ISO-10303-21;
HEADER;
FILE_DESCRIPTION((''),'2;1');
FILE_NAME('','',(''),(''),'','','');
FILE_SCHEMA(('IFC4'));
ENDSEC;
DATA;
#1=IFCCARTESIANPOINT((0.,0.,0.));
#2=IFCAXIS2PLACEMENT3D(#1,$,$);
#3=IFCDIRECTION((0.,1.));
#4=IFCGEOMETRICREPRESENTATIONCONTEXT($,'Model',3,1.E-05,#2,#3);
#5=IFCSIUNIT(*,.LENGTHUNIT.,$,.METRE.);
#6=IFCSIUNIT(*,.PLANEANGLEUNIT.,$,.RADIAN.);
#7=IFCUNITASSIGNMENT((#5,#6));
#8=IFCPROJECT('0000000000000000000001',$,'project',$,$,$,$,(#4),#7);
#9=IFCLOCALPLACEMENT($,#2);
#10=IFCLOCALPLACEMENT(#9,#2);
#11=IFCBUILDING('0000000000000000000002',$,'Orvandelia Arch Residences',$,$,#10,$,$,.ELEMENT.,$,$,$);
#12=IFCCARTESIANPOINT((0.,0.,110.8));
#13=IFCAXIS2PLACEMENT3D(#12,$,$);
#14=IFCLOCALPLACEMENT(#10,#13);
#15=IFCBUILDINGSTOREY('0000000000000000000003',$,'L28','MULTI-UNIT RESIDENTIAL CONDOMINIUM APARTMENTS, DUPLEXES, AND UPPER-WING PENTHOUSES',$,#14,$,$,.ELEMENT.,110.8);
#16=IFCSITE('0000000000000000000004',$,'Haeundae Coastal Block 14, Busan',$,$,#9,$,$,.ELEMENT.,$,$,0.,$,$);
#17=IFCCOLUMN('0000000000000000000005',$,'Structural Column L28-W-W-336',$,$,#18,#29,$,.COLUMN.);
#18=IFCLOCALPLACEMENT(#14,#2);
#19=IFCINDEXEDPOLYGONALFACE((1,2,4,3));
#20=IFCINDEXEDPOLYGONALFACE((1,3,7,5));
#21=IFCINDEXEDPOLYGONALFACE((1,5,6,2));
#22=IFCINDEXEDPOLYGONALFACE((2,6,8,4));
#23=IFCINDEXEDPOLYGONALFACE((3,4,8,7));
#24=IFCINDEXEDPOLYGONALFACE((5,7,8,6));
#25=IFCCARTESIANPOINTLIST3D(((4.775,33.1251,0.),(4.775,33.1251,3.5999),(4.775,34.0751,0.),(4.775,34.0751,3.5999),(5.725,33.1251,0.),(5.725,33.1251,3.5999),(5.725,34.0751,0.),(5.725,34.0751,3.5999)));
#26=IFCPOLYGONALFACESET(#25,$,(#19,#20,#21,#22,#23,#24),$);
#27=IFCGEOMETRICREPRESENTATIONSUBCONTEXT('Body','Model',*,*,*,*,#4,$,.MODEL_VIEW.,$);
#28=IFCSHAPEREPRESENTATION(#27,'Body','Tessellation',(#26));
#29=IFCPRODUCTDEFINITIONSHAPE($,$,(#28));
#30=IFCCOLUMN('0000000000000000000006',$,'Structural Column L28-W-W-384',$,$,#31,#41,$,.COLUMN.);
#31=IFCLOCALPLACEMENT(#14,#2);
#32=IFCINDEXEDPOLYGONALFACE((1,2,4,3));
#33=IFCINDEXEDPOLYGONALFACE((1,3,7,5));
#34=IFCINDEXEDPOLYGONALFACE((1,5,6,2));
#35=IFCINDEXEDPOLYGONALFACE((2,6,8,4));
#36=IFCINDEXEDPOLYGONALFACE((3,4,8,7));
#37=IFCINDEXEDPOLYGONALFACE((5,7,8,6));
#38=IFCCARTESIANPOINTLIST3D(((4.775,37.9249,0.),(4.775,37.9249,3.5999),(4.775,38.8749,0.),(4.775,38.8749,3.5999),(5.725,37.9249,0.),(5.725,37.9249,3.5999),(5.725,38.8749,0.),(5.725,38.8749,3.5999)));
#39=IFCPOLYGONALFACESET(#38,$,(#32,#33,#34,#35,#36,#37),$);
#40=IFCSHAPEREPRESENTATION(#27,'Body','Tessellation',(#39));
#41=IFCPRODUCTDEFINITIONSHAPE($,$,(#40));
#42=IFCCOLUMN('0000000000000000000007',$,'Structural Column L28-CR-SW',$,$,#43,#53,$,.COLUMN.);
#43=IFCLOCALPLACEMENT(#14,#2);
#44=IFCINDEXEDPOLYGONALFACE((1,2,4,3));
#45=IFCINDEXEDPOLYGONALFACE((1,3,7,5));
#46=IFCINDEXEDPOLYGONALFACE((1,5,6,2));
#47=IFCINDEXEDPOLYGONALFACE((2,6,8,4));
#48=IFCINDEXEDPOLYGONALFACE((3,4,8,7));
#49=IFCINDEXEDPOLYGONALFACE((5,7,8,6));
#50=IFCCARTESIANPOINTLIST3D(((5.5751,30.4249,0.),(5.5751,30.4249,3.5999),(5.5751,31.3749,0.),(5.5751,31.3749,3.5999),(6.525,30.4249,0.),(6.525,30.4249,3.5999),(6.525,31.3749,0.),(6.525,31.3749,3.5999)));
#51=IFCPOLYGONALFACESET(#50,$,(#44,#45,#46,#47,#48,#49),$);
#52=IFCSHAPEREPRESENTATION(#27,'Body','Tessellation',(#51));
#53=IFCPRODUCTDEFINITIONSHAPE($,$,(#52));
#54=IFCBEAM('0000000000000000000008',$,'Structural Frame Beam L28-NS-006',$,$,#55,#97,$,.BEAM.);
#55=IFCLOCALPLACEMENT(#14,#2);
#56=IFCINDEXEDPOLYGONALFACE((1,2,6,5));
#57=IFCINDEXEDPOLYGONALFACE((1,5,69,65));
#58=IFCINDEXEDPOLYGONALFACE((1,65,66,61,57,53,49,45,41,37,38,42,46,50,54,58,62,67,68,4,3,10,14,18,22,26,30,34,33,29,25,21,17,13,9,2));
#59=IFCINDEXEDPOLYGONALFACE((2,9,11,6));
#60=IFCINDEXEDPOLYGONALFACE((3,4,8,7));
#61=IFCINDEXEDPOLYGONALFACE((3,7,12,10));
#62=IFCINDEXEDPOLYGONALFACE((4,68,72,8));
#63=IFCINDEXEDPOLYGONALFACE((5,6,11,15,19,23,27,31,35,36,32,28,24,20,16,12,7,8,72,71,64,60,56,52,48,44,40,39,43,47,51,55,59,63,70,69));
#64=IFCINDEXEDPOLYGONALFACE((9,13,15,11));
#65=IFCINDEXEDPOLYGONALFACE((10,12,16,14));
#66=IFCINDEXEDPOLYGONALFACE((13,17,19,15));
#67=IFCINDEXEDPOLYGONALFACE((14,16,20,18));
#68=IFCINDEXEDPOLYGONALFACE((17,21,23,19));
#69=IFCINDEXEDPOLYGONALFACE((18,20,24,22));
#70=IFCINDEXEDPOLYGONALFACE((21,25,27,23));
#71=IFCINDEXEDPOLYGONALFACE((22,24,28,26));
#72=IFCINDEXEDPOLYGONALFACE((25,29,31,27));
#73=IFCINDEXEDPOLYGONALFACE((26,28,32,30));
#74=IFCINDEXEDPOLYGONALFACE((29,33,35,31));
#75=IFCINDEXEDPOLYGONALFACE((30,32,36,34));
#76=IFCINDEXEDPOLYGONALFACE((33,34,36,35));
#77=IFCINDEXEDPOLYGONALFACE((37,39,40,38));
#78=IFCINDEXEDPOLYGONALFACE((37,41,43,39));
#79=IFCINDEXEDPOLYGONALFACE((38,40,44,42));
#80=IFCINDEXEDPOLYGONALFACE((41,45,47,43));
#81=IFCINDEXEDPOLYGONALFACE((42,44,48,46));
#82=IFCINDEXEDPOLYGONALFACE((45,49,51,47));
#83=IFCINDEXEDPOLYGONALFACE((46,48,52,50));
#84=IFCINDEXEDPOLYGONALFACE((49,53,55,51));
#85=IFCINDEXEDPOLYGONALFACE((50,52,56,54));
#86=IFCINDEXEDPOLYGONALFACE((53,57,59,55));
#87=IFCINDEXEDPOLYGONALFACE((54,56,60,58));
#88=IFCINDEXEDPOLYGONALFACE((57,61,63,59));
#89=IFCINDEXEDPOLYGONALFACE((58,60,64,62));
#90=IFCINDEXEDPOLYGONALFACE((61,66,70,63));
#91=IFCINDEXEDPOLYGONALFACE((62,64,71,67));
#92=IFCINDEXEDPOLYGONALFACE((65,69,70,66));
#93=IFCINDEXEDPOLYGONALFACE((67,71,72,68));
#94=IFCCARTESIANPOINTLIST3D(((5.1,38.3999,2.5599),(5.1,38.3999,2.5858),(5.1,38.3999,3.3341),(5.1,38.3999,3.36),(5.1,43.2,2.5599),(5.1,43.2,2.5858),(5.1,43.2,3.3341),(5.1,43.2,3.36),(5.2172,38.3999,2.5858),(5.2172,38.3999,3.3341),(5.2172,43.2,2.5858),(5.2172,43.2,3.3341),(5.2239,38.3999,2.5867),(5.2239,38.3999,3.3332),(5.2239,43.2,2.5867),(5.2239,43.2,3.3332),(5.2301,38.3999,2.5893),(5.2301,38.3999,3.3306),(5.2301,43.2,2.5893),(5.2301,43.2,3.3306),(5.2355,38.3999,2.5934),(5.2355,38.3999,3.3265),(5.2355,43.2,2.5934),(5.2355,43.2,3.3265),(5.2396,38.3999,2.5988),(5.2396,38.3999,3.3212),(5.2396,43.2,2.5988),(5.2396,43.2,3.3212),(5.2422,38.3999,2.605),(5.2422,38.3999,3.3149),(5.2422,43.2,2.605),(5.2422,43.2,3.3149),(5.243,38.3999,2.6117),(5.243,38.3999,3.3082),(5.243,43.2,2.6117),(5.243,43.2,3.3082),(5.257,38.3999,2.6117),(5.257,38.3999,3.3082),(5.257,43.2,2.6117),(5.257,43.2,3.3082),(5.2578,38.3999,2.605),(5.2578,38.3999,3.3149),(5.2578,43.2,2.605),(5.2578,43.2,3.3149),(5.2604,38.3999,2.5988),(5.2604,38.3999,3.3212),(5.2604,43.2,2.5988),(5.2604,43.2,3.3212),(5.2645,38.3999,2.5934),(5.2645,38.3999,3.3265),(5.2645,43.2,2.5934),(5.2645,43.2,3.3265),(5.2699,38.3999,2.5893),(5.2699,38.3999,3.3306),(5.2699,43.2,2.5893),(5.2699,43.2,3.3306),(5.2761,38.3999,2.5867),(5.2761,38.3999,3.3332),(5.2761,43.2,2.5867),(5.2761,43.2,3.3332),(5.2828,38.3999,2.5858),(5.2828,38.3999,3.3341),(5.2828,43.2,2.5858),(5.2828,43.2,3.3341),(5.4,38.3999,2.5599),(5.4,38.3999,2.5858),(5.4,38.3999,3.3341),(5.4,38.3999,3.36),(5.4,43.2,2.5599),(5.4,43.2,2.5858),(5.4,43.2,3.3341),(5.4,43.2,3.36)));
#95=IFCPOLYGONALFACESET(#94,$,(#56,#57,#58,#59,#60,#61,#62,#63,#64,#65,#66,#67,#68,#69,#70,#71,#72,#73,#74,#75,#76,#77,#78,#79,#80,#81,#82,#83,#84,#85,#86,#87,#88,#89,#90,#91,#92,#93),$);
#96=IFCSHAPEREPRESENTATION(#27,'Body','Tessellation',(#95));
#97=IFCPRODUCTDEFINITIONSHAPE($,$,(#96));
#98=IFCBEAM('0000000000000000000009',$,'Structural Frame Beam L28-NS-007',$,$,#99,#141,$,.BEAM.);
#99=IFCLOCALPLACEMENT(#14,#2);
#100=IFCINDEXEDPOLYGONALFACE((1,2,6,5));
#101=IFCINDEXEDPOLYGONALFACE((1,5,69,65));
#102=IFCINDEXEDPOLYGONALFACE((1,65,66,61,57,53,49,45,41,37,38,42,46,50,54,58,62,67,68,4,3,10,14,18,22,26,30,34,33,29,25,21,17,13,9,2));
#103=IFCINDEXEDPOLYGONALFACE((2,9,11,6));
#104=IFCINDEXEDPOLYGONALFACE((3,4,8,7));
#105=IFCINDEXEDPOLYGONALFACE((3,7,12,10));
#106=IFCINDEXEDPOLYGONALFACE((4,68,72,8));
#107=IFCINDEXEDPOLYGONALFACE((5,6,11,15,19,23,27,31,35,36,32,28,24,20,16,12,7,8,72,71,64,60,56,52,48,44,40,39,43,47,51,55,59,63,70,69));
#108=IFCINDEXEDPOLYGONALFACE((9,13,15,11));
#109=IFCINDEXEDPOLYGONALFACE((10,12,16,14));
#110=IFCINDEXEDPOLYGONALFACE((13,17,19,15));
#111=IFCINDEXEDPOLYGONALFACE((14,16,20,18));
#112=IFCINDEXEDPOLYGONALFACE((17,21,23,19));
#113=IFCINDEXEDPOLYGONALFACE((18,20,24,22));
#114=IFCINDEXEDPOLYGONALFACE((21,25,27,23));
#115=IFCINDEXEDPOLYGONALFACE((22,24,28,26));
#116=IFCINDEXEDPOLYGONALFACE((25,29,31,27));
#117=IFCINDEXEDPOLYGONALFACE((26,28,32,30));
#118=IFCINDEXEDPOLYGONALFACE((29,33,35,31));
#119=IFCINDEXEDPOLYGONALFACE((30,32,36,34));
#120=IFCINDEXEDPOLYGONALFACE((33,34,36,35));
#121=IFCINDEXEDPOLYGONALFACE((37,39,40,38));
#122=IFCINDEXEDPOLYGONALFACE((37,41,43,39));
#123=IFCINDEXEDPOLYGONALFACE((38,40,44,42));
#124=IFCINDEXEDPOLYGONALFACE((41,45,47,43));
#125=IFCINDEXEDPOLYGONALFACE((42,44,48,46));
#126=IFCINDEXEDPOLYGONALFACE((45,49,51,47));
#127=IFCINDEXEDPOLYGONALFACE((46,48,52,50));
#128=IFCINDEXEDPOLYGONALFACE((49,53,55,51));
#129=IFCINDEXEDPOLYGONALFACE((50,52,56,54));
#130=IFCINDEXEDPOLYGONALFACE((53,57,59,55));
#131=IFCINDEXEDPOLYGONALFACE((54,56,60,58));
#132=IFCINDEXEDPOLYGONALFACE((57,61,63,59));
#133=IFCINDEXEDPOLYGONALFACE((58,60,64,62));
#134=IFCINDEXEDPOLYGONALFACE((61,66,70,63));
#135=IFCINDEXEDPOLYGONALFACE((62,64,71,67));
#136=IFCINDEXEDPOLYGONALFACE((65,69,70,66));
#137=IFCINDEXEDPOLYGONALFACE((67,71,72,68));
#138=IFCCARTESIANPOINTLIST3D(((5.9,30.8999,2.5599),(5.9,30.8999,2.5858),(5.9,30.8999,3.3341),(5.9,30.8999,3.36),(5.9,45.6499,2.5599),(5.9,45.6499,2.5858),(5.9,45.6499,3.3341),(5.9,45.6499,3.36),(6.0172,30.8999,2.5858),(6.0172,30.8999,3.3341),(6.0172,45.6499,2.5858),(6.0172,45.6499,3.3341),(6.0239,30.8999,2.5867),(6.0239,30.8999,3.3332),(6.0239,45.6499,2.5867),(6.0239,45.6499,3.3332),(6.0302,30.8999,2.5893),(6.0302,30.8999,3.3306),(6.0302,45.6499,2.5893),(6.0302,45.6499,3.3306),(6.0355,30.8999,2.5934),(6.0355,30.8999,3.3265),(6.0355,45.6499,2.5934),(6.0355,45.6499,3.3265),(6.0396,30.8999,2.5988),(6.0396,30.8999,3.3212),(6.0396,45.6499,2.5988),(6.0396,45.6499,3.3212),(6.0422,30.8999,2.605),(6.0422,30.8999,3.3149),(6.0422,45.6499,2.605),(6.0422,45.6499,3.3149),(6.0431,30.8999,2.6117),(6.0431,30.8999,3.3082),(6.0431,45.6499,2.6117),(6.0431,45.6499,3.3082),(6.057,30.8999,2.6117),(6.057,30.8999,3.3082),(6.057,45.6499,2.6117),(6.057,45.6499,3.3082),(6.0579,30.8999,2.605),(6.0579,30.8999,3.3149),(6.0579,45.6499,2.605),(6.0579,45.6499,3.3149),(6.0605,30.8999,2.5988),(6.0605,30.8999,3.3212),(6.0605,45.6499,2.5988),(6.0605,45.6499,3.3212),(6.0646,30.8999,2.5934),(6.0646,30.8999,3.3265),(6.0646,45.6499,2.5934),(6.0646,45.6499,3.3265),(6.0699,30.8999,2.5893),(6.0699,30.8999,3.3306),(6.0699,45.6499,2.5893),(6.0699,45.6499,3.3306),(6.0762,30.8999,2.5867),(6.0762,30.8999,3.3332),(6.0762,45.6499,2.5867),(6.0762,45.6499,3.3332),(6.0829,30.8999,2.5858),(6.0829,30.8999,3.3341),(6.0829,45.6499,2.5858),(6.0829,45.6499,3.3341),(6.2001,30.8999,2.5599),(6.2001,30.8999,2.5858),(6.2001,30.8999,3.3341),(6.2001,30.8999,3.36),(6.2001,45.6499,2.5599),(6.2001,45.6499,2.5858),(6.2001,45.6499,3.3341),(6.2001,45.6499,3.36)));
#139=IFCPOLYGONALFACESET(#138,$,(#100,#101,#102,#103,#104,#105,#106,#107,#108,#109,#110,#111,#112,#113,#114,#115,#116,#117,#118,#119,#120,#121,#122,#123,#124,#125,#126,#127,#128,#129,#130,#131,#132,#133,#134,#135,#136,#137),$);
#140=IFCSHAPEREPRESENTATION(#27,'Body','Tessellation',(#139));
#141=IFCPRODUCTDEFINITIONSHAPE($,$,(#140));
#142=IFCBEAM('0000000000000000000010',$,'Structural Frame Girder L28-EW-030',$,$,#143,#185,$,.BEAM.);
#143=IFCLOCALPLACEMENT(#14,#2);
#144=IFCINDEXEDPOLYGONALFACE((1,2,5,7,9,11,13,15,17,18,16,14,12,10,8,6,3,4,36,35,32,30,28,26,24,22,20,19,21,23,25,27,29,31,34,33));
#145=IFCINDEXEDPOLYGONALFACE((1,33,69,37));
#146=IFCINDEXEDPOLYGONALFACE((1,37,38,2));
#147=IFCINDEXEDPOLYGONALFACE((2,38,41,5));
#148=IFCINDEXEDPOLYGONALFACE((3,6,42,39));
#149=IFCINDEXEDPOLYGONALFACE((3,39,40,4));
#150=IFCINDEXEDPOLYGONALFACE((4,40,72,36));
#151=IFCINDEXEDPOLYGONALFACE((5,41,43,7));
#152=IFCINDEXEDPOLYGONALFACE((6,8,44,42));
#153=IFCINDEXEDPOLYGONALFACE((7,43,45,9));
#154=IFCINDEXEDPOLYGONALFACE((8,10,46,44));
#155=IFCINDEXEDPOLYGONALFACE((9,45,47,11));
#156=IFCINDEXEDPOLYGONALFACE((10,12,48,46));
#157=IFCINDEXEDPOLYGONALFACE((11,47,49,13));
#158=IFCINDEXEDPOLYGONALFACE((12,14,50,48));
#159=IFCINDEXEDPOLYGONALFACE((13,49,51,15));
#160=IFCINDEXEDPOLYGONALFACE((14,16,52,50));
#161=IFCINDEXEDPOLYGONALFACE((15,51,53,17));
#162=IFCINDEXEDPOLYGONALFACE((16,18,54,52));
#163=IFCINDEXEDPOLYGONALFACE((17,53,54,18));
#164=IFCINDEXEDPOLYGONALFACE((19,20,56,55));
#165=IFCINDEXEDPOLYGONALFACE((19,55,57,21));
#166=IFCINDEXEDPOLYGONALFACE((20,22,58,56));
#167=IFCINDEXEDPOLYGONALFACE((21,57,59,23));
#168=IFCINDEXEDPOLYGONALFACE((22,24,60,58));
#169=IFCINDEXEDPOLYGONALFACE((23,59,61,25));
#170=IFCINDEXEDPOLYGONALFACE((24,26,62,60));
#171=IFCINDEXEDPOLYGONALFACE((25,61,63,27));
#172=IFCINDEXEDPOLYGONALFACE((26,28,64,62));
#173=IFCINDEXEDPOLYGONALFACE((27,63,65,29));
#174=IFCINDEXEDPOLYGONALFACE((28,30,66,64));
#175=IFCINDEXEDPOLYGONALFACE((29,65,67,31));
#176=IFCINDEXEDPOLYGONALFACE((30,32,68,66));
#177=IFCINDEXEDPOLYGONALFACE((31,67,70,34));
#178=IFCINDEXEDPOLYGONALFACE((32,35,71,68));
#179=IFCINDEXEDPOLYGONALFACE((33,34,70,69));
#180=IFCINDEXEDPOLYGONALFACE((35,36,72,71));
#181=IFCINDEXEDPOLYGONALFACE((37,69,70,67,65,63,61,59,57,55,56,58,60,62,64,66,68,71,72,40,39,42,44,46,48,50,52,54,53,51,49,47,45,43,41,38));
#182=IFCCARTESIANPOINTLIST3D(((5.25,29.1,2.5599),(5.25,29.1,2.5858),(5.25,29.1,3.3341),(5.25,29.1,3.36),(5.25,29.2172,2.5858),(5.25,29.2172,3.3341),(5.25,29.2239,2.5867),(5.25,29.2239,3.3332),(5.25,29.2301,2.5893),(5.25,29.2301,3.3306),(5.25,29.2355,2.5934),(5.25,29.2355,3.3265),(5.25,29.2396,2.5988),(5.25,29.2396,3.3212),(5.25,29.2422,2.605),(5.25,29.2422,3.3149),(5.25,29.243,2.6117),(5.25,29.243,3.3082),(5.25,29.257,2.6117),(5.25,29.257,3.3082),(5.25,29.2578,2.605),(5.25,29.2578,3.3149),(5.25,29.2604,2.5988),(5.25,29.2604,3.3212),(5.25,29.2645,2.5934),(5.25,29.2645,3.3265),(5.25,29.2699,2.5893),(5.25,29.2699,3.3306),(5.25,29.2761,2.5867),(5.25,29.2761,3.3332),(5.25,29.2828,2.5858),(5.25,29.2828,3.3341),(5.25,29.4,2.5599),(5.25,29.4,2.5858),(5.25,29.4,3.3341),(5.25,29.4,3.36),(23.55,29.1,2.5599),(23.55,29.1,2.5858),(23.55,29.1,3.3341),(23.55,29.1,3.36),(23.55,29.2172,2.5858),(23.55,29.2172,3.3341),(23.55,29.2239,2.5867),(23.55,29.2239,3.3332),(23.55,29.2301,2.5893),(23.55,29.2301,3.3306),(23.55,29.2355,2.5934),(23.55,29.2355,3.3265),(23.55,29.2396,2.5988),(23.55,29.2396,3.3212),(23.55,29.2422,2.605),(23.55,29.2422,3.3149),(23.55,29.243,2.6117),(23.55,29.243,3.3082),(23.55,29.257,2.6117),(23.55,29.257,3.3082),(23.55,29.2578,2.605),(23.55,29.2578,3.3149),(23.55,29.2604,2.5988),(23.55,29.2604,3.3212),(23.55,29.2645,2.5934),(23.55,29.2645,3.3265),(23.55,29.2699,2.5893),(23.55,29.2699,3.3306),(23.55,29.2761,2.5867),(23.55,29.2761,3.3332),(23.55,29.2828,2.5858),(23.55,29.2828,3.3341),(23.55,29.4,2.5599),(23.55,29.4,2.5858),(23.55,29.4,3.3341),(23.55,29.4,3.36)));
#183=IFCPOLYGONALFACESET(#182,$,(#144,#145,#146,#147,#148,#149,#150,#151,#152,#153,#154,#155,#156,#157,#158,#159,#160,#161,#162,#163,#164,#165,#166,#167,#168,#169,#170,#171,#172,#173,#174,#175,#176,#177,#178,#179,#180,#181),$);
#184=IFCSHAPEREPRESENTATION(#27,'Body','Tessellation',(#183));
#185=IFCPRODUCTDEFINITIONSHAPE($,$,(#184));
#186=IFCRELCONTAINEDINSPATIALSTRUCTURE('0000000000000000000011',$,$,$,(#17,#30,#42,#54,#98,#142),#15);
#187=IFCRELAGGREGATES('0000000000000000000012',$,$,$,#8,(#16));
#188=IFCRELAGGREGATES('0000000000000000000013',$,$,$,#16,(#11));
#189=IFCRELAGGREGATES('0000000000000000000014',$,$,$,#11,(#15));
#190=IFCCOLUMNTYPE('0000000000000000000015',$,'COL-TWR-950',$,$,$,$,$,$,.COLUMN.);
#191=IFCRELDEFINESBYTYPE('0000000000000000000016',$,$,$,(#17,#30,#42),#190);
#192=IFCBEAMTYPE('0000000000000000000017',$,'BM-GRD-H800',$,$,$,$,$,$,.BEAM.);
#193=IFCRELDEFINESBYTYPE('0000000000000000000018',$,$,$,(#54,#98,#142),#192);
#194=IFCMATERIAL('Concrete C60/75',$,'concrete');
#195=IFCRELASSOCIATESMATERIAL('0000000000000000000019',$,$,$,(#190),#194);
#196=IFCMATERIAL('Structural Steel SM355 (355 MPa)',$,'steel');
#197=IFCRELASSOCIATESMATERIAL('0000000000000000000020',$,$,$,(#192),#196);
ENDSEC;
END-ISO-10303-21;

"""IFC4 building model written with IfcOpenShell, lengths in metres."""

from ifc_helpers import new_model, si_unit, direction, frame, origin, origin_2d, place, context, subcontext, project, spatial, rectangle, i_section, extrude, material, material_profile, profile_set, type_object, element, save


model = new_model("IFC4")

# Units and contexts
model_context = context("Model", 3, precision=1e-05, world=origin(), true_north=direction((0.0, 1.0)))
body_context = subcontext(model_context, "Body", "Model", "MODEL_VIEW")
ifc_project = project(units=[si_unit("LENGTHUNIT", "METRE"), si_unit("PLANEANGLEUNIT", "RADIAN")], contexts=[model_context])

# Site, building, storey
site_placement = place(None, origin())
site = spatial("IfcSite", under=ifc_project, at=site_placement, Name="Haeundae Coastal Block 14, Busan", CompositionType="ELEMENT", RefElevation=0.0)
building_placement = place(site_placement, origin())
building = spatial("IfcBuilding", under=site, at=building_placement, Name="Orvandelia Arch Residences", CompositionType="ELEMENT")
storey_placement = place(building_placement, frame((0.0, 0.0, 110.8)))
storey = spatial("IfcBuildingStorey", under=building, at=storey_placement, Name="L28", Description="MULTI-UNIT RESIDENTIAL CONDOMINIUM APARTMENTS, DUPLEXES, AND UPPER-WING PENTHOUSES", CompositionType="ELEMENT", Elevation=110.8)

# Columns
ifc_material_1 = material(Name="Concrete C60/75", Category="concrete")
ifc_material_profile_1 = material_profile(ifc_material_1, rectangle(XDim=0.95, YDim=0.95, at=origin_2d()), Name="Concrete C60/75", Category="concrete")
ifc_profile_set_1 = profile_set([ifc_material_profile_1], Name="Concrete C60/75")
column_type = type_object("IfcColumnType", Name="COL-TWR-950", PredefinedType="COLUMN", material=ifc_profile_set_1)
for number, where, z_axis, x_axis, name in (
    (1, (5.25, 33.6001, 0.0), (0.0, 0.0, 1.0), (1.0, 0.0, 0.0), "Structural Column L28-W-W-336"),
    (2, (5.25, 38.3999, 0.0), (0.0, 0.0, 1.0), (1.0, 0.0, 0.0), "Structural Column L28-W-W-384"),
    (3, (6.05, 30.8999, 0.0), (0.0, 0.0, 1.0), (1.0, 0.0, 0.0), "Structural Column L28-CR-SW"),
):
    element("IfcColumn", number, at=place(storey_placement, frame(where, z_axis=z_axis, x_axis=x_axis)), inside=storey, type_object=column_type, Name=name, PredefinedType="COLUMN", context=body_context, shape_type="SweptSolid", body=[
        extrude(rectangle(XDim=0.95, YDim=0.95, at=origin_2d()), origin(), (0.0, 0.0, 1.0), 3.5999),
    ])

# Beams
ifc_material_2 = material(Name="Structural Steel SM355 (355 MPa)", Category="steel")
ifc_material_profile_2 = material_profile(ifc_material_2, i_section(OverallWidth=0.3, OverallDepth=0.8, WebThickness=0.0139, FlangeThickness=0.0259, FilletRadius=0.0259, at=origin_2d()), Name="Structural Steel SM355 (355 MPa)", Category="steel")
ifc_profile_set_2 = profile_set([ifc_material_profile_2], Name="Structural Steel SM355 (355 MPa)")
beam_type_1 = type_object("IfcBeamType", Name="BM-GRD-H800", PredefinedType="BEAM", material=ifc_profile_set_2)
beam_1_placement = place(storey_placement, frame((5.25, 38.3999, 2.96), z_axis=(0.0, 1.0, 0.0), x_axis=(-1.0, 0.0, 0.0)))
element("IfcBeam", 4, at=beam_1_placement, inside=storey, type_object=beam_type_1, Name="Structural Frame Beam L28-NS-006", PredefinedType="BEAM", context=body_context, shape_type="SweptSolid", body=[
    extrude(i_section(OverallWidth=0.3, OverallDepth=0.8, WebThickness=0.0139, FlangeThickness=0.0259, FilletRadius=0.0259, at=origin_2d()), origin(), (0.0, 0.0, 1.0), 4.8),
])
beam_2_placement = place(storey_placement, frame((6.05, 30.8999, 2.96), z_axis=(0.0, 1.0, 0.0), x_axis=(-1.0, 0.0, 0.0)))
element("IfcBeam", 5, at=beam_2_placement, inside=storey, type_object=beam_type_1, Name="Structural Frame Beam L28-NS-007", PredefinedType="BEAM", context=body_context, shape_type="SweptSolid", body=[
    extrude(i_section(OverallWidth=0.3, OverallDepth=0.8, WebThickness=0.0139, FlangeThickness=0.0259, FilletRadius=0.0259, at=origin_2d()), origin(), (0.0, 0.0, 1.0), 14.75),
])
beam_3_placement = place(storey_placement, frame((5.25, 29.25, 2.96), z_axis=(1.0, 0.0, 0.0), x_axis=(0.0, 1.0, 0.0)))
element("IfcBeam", 6, at=beam_3_placement, inside=storey, type_object=beam_type_1, Name="Structural Frame Girder L28-EW-030", PredefinedType="BEAM", context=body_context, shape_type="SweptSolid", body=[
    extrude(i_section(OverallWidth=0.3, OverallDepth=0.8, WebThickness=0.0139, FlangeThickness=0.0259, FilletRadius=0.0259, at=origin_2d()), origin(), (0.0, 0.0, 1.0), 18.3),
])

save(model, "model.ifc")
